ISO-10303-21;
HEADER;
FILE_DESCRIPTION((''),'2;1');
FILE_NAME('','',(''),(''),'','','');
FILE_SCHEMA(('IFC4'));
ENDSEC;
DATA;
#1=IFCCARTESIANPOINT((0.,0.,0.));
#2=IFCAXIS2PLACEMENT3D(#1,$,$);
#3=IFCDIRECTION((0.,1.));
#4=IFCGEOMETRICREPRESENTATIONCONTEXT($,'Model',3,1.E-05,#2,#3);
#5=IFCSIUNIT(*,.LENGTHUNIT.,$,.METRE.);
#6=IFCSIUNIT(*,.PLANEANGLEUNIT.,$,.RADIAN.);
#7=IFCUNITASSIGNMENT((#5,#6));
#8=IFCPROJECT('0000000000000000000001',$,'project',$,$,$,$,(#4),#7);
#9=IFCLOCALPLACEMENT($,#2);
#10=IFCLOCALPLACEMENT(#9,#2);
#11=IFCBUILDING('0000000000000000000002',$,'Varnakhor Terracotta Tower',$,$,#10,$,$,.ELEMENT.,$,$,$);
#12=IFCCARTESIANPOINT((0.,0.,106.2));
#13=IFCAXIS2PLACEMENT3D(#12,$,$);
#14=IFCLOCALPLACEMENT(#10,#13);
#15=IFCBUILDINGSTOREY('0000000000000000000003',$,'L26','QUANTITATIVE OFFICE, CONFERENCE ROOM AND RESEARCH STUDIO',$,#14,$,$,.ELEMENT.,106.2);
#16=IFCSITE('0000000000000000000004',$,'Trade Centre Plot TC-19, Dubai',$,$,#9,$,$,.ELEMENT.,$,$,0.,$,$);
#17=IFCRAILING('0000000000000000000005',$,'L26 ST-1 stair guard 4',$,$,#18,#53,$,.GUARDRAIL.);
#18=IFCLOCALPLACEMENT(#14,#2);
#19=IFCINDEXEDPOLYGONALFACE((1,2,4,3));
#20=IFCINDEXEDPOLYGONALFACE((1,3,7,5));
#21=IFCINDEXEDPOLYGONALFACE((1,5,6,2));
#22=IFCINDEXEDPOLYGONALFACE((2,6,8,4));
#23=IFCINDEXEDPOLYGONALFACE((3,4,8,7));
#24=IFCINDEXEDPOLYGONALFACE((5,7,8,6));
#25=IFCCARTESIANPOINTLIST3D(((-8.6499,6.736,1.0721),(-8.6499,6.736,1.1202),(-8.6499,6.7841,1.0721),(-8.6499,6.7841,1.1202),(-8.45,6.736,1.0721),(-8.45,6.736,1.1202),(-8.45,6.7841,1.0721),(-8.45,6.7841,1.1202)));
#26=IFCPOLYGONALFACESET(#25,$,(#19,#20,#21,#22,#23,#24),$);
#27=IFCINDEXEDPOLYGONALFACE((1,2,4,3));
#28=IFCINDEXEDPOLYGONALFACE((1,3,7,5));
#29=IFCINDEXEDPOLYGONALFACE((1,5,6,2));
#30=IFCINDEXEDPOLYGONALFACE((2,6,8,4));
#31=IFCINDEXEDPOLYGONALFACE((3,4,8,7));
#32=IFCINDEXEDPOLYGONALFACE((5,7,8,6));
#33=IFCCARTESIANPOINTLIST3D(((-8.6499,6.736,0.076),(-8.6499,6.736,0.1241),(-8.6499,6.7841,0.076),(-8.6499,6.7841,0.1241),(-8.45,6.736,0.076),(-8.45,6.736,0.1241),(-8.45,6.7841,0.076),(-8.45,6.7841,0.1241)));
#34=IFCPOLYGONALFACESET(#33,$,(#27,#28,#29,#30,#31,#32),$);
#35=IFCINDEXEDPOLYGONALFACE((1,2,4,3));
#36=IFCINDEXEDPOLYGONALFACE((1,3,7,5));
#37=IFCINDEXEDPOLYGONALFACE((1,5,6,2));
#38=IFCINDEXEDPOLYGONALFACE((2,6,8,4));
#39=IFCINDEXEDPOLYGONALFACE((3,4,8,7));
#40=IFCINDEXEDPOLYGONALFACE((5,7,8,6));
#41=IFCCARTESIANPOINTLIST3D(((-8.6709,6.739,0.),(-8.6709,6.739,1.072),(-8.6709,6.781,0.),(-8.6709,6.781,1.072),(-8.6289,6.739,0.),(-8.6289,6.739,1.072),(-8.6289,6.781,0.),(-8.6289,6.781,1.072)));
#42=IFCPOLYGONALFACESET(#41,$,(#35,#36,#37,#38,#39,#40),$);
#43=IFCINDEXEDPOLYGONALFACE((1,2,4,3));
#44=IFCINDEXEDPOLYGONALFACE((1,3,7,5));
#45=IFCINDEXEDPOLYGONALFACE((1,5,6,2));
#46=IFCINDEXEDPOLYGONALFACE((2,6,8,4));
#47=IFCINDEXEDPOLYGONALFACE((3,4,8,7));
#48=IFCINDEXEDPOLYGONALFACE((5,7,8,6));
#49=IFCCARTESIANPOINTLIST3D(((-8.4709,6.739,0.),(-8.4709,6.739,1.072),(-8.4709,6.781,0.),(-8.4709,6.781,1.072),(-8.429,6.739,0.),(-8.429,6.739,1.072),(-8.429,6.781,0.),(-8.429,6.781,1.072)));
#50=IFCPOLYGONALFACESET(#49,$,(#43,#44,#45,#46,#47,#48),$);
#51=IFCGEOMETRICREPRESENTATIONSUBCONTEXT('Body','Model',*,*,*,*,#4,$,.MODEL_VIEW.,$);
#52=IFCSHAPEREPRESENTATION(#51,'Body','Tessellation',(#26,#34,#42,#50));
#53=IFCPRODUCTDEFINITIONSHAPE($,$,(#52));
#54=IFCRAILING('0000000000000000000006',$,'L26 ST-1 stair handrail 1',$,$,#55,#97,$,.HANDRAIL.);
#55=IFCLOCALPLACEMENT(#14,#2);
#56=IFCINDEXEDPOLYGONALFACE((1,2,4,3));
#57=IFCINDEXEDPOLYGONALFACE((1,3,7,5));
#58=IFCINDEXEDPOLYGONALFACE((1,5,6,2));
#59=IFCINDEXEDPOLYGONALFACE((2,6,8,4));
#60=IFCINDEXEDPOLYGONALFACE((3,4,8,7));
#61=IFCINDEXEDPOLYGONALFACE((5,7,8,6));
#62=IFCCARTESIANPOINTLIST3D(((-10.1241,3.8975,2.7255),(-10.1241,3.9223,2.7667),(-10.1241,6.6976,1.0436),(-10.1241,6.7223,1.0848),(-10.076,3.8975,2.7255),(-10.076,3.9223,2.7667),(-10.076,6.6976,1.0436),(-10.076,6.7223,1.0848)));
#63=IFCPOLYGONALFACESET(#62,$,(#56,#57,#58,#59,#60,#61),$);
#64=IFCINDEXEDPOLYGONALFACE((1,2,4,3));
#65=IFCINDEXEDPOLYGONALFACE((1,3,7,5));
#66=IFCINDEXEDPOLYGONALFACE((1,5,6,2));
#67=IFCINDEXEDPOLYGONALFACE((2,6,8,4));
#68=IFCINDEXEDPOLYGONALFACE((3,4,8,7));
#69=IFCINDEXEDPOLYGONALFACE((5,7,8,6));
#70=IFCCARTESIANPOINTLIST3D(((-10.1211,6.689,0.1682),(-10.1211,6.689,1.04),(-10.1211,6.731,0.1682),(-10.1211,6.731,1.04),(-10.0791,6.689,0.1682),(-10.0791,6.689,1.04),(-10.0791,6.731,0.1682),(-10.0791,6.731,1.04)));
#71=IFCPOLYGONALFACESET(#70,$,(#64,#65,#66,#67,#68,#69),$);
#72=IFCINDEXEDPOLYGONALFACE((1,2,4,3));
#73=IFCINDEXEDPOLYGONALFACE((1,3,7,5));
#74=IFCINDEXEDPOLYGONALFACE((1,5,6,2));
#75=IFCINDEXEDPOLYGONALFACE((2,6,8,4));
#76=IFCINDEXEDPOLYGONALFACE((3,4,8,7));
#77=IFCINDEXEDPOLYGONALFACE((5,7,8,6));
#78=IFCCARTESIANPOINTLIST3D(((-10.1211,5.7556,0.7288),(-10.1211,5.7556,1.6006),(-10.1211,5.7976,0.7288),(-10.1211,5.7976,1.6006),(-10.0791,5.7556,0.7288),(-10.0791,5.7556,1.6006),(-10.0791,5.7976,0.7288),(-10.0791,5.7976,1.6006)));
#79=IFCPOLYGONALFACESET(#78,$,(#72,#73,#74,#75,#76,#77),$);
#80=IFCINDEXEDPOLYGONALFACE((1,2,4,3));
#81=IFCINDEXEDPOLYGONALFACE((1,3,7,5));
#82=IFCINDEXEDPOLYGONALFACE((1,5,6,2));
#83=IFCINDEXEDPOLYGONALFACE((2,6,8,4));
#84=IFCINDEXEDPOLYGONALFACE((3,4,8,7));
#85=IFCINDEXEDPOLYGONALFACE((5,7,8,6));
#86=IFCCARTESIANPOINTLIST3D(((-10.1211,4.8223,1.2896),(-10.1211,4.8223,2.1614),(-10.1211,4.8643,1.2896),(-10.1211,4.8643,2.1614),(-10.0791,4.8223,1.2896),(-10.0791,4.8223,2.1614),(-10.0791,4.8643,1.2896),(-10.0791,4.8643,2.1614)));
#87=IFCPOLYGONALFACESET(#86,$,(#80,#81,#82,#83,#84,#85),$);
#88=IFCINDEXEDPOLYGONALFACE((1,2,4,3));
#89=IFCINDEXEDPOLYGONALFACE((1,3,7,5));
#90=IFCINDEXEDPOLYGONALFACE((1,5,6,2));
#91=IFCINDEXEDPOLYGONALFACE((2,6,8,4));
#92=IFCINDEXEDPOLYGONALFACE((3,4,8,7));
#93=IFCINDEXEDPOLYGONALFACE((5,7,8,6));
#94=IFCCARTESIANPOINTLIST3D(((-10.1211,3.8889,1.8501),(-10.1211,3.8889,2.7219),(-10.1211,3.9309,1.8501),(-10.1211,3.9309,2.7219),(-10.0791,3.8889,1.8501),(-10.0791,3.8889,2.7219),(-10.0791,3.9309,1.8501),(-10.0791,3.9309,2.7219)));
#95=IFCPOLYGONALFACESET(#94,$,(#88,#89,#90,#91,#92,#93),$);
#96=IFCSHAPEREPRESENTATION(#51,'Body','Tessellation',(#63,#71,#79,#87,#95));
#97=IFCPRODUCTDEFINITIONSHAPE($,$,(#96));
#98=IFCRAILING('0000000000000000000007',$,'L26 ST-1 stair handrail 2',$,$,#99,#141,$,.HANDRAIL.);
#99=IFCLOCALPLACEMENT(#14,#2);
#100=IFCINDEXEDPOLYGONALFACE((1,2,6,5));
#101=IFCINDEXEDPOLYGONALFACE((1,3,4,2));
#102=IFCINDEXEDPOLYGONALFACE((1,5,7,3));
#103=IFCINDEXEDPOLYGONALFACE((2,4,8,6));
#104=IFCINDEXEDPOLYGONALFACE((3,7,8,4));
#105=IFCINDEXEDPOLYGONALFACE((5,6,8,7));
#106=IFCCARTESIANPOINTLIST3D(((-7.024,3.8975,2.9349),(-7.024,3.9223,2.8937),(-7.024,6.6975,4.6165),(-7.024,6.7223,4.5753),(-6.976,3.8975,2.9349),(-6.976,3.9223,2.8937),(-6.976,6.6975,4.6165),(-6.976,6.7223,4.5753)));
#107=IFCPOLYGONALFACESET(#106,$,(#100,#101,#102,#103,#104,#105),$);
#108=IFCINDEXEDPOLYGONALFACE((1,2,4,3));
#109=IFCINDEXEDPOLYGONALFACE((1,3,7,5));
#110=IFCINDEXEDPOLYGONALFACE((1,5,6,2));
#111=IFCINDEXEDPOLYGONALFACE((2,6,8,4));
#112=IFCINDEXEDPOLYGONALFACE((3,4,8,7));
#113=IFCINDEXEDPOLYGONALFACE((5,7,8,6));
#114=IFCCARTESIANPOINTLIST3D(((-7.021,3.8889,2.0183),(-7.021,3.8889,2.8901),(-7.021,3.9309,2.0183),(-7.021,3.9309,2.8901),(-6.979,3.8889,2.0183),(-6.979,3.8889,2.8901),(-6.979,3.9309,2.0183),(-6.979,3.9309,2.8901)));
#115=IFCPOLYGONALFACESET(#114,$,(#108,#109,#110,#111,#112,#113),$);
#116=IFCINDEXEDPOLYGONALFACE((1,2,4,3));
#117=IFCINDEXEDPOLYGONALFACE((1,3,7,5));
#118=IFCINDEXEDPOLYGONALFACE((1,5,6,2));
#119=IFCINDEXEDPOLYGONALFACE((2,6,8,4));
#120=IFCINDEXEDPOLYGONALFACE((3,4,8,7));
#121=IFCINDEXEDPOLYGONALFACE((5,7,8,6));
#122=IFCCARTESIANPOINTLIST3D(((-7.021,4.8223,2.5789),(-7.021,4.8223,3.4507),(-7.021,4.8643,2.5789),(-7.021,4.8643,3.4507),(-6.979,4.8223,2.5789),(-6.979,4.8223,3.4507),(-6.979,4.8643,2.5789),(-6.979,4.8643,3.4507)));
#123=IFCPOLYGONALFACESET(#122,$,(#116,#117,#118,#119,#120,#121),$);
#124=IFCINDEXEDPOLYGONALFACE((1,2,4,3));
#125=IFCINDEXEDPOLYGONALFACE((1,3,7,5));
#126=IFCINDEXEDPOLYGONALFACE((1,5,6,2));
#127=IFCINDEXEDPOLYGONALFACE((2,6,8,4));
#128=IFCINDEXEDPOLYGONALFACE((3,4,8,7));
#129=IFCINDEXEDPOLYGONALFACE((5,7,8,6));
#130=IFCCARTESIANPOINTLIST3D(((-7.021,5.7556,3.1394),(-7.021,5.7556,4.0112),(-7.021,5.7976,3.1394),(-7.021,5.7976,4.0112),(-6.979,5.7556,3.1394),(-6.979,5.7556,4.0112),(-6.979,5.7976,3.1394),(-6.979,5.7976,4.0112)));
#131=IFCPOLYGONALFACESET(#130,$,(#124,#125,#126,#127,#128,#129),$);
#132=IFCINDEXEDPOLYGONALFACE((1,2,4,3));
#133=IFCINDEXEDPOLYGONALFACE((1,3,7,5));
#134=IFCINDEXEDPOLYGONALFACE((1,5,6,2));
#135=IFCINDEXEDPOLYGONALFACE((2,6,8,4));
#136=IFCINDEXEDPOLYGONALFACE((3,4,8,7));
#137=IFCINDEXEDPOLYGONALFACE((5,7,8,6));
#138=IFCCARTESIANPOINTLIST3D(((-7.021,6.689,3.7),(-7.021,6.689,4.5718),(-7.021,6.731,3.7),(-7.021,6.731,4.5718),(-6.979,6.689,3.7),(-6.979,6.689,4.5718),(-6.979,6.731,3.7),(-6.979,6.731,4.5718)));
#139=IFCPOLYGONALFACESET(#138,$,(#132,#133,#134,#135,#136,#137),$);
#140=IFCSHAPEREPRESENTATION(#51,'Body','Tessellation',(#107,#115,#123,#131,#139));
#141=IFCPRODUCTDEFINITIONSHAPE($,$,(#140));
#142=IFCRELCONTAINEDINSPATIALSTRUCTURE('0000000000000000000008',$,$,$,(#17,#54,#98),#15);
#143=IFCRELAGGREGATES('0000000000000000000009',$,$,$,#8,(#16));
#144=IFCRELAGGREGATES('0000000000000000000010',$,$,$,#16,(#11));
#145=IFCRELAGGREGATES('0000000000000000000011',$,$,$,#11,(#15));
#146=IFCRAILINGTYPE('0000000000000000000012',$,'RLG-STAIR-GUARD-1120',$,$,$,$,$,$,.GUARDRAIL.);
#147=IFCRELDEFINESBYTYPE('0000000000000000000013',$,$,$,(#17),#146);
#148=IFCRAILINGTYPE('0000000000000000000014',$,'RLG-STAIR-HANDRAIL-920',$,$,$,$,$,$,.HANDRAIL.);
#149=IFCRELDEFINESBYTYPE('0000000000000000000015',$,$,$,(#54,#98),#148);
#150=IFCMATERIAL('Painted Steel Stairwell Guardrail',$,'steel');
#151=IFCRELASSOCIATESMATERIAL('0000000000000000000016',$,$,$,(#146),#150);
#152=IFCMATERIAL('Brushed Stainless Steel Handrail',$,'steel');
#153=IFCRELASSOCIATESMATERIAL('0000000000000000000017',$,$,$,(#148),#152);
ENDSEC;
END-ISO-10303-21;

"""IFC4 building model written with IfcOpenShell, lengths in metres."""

from ifc_helpers import new_model, si_unit, direction, frame, origin, origin_2d, place, context, subcontext, project, spatial, rectangle, extrude, material, type_object, element, save


model = new_model("IFC4")

# Units and contexts
model_context = context("Model", 3, precision=1e-05, world=origin(), true_north=direction((0.0, 1.0)))
body_context = subcontext(model_context, "Body", "Model", "MODEL_VIEW")
ifc_project = project(units=[si_unit("LENGTHUNIT", "METRE"), si_unit("PLANEANGLEUNIT", "RADIAN")], contexts=[model_context])

# Site, building, storey
site_placement = place(None, origin())
site = spatial("IfcSite", under=ifc_project, at=site_placement, Name="Trade Centre Plot TC-19, Dubai", CompositionType="ELEMENT", RefElevation=0.0)
building_placement = place(site_placement, origin())
building = spatial("IfcBuilding", under=site, at=building_placement, Name="Varnakhor Terracotta Tower", CompositionType="ELEMENT")
storey_placement = place(building_placement, frame((0.0, 0.0, 106.2)))
storey = spatial("IfcBuildingStorey", under=building, at=storey_placement, Name="L26", Description="QUANTITATIVE OFFICE, CONFERENCE ROOM AND RESEARCH STUDIO", CompositionType="ELEMENT", Elevation=106.2)

# Railings
ifc_material_1 = material(Name="Painted Steel Stairwell Guardrail", Category="steel")
railing_type_1 = type_object("IfcRailingType", Name="RLG-STAIR-GUARD-1120", PredefinedType="GUARDRAIL", material=ifc_material_1)
railing_1_placement = place(storey_placement, frame((-8.6499, 6.76, 0.0)))
element("IfcRailing", 1, at=railing_1_placement, inside=storey, type_object=railing_type_1, Name="L26 ST-1 stair guard 4", PredefinedType="GUARDRAIL", context=body_context, shape_type="SweptSolid", body=[
    extrude(rectangle(XDim=0.0481, YDim=0.0481, at=origin_2d()), frame((0.0, 0.0, 1.0962), z_axis=(1.0, 0.0, 0.0), x_axis=(0.0, 1.0, 0.0)), (0.0, 0.0, 1.0), 0.2),
    extrude(rectangle(XDim=0.0481, YDim=0.0481, at=origin_2d()), frame((0.0, 0.0, 0.1001), z_axis=(1.0, 0.0, 0.0), x_axis=(0.0, 1.0, 0.0)), (0.0, 0.0, 1.0), 0.2),
    extrude(rectangle(XDim=0.042, YDim=0.042, at=origin_2d()), origin(), (0.0, 0.0, 1.0), 1.072),
    extrude(rectangle(XDim=0.042, YDim=0.042, at=origin_2d()), frame((0.2, 0.0, 0.0)), (0.0, 0.0, 1.0), 1.072),
])
ifc_material_2 = material(Name="Brushed Stainless Steel Handrail", Category="steel")
railing_type_2 = type_object("IfcRailingType", Name="RLG-STAIR-HANDRAIL-920", PredefinedType="HANDRAIL", material=ifc_material_2)
railing_2_placement = place(storey_placement, frame((-10.1001, 6.71, 0.1682)))
element("IfcRailing", 2, at=railing_2_placement, inside=storey, type_object=railing_type_2, Name="L26 ST-1 stair handrail 1", PredefinedType="HANDRAIL", context=body_context, shape_type="SweptSolid", body=[
    extrude(rectangle(XDim=0.0481, YDim=0.0481, at=origin_2d()), frame((0.0, 0.0, 0.896), z_axis=(0.0, -0.857242, 0.514913), x_axis=(1.0, 0.0, 0.0)), (0.0, 0.0, 1.0), 3.2664),
    extrude(rectangle(XDim=0.042, YDim=0.042, at=origin_2d()), origin(), (0.0, 0.0, 1.0), 0.8718),
    extrude(rectangle(XDim=0.042, YDim=0.042, at=origin_2d()), frame((0.0, -0.9333, 0.5605)), (0.0, 0.0, 1.0), 0.8718),
    extrude(rectangle(XDim=0.042, YDim=0.042, at=origin_2d()), frame((0.0, -1.8667, 1.1213)), (0.0, 0.0, 1.0), 0.8718),
    extrude(rectangle(XDim=0.042, YDim=0.042, at=origin_2d()), frame((0.0, -2.8, 1.6819)), (0.0, 0.0, 1.0), 0.8718),
])
railing_3_placement = place(storey_placement, frame((-7.0, 3.9099, 2.0183)))
element("IfcRailing", 3, at=railing_3_placement, inside=storey, type_object=railing_type_2, Name="L26 ST-1 stair handrail 2", PredefinedType="HANDRAIL", context=body_context, shape_type="SweptSolid", body=[
    extrude(rectangle(XDim=0.0481, YDim=0.0481, at=origin_2d()), frame((0.0, 0.0, 0.896), z_axis=(0.0, 0.857275, 0.514858), x_axis=(-1.0, 0.0, 0.0)), (0.0, 0.0, 1.0), 3.2661),
    extrude(rectangle(XDim=0.042, YDim=0.042, at=origin_2d()), origin(), (0.0, 0.0, 1.0), 0.8718),
    extrude(rectangle(XDim=0.042, YDim=0.042, at=origin_2d()), frame((0.0, 0.9333, 0.5605)), (0.0, 0.0, 1.0), 0.8718),
    extrude(rectangle(XDim=0.042, YDim=0.042, at=origin_2d()), frame((0.0, 1.8667, 1.1211)), (0.0, 0.0, 1.0), 0.8718),
    extrude(rectangle(XDim=0.042, YDim=0.042, at=origin_2d()), frame((0.0, 2.8, 1.6816)), (0.0, 0.0, 1.0), 0.8718),
])

save(model, "model.ifc")
